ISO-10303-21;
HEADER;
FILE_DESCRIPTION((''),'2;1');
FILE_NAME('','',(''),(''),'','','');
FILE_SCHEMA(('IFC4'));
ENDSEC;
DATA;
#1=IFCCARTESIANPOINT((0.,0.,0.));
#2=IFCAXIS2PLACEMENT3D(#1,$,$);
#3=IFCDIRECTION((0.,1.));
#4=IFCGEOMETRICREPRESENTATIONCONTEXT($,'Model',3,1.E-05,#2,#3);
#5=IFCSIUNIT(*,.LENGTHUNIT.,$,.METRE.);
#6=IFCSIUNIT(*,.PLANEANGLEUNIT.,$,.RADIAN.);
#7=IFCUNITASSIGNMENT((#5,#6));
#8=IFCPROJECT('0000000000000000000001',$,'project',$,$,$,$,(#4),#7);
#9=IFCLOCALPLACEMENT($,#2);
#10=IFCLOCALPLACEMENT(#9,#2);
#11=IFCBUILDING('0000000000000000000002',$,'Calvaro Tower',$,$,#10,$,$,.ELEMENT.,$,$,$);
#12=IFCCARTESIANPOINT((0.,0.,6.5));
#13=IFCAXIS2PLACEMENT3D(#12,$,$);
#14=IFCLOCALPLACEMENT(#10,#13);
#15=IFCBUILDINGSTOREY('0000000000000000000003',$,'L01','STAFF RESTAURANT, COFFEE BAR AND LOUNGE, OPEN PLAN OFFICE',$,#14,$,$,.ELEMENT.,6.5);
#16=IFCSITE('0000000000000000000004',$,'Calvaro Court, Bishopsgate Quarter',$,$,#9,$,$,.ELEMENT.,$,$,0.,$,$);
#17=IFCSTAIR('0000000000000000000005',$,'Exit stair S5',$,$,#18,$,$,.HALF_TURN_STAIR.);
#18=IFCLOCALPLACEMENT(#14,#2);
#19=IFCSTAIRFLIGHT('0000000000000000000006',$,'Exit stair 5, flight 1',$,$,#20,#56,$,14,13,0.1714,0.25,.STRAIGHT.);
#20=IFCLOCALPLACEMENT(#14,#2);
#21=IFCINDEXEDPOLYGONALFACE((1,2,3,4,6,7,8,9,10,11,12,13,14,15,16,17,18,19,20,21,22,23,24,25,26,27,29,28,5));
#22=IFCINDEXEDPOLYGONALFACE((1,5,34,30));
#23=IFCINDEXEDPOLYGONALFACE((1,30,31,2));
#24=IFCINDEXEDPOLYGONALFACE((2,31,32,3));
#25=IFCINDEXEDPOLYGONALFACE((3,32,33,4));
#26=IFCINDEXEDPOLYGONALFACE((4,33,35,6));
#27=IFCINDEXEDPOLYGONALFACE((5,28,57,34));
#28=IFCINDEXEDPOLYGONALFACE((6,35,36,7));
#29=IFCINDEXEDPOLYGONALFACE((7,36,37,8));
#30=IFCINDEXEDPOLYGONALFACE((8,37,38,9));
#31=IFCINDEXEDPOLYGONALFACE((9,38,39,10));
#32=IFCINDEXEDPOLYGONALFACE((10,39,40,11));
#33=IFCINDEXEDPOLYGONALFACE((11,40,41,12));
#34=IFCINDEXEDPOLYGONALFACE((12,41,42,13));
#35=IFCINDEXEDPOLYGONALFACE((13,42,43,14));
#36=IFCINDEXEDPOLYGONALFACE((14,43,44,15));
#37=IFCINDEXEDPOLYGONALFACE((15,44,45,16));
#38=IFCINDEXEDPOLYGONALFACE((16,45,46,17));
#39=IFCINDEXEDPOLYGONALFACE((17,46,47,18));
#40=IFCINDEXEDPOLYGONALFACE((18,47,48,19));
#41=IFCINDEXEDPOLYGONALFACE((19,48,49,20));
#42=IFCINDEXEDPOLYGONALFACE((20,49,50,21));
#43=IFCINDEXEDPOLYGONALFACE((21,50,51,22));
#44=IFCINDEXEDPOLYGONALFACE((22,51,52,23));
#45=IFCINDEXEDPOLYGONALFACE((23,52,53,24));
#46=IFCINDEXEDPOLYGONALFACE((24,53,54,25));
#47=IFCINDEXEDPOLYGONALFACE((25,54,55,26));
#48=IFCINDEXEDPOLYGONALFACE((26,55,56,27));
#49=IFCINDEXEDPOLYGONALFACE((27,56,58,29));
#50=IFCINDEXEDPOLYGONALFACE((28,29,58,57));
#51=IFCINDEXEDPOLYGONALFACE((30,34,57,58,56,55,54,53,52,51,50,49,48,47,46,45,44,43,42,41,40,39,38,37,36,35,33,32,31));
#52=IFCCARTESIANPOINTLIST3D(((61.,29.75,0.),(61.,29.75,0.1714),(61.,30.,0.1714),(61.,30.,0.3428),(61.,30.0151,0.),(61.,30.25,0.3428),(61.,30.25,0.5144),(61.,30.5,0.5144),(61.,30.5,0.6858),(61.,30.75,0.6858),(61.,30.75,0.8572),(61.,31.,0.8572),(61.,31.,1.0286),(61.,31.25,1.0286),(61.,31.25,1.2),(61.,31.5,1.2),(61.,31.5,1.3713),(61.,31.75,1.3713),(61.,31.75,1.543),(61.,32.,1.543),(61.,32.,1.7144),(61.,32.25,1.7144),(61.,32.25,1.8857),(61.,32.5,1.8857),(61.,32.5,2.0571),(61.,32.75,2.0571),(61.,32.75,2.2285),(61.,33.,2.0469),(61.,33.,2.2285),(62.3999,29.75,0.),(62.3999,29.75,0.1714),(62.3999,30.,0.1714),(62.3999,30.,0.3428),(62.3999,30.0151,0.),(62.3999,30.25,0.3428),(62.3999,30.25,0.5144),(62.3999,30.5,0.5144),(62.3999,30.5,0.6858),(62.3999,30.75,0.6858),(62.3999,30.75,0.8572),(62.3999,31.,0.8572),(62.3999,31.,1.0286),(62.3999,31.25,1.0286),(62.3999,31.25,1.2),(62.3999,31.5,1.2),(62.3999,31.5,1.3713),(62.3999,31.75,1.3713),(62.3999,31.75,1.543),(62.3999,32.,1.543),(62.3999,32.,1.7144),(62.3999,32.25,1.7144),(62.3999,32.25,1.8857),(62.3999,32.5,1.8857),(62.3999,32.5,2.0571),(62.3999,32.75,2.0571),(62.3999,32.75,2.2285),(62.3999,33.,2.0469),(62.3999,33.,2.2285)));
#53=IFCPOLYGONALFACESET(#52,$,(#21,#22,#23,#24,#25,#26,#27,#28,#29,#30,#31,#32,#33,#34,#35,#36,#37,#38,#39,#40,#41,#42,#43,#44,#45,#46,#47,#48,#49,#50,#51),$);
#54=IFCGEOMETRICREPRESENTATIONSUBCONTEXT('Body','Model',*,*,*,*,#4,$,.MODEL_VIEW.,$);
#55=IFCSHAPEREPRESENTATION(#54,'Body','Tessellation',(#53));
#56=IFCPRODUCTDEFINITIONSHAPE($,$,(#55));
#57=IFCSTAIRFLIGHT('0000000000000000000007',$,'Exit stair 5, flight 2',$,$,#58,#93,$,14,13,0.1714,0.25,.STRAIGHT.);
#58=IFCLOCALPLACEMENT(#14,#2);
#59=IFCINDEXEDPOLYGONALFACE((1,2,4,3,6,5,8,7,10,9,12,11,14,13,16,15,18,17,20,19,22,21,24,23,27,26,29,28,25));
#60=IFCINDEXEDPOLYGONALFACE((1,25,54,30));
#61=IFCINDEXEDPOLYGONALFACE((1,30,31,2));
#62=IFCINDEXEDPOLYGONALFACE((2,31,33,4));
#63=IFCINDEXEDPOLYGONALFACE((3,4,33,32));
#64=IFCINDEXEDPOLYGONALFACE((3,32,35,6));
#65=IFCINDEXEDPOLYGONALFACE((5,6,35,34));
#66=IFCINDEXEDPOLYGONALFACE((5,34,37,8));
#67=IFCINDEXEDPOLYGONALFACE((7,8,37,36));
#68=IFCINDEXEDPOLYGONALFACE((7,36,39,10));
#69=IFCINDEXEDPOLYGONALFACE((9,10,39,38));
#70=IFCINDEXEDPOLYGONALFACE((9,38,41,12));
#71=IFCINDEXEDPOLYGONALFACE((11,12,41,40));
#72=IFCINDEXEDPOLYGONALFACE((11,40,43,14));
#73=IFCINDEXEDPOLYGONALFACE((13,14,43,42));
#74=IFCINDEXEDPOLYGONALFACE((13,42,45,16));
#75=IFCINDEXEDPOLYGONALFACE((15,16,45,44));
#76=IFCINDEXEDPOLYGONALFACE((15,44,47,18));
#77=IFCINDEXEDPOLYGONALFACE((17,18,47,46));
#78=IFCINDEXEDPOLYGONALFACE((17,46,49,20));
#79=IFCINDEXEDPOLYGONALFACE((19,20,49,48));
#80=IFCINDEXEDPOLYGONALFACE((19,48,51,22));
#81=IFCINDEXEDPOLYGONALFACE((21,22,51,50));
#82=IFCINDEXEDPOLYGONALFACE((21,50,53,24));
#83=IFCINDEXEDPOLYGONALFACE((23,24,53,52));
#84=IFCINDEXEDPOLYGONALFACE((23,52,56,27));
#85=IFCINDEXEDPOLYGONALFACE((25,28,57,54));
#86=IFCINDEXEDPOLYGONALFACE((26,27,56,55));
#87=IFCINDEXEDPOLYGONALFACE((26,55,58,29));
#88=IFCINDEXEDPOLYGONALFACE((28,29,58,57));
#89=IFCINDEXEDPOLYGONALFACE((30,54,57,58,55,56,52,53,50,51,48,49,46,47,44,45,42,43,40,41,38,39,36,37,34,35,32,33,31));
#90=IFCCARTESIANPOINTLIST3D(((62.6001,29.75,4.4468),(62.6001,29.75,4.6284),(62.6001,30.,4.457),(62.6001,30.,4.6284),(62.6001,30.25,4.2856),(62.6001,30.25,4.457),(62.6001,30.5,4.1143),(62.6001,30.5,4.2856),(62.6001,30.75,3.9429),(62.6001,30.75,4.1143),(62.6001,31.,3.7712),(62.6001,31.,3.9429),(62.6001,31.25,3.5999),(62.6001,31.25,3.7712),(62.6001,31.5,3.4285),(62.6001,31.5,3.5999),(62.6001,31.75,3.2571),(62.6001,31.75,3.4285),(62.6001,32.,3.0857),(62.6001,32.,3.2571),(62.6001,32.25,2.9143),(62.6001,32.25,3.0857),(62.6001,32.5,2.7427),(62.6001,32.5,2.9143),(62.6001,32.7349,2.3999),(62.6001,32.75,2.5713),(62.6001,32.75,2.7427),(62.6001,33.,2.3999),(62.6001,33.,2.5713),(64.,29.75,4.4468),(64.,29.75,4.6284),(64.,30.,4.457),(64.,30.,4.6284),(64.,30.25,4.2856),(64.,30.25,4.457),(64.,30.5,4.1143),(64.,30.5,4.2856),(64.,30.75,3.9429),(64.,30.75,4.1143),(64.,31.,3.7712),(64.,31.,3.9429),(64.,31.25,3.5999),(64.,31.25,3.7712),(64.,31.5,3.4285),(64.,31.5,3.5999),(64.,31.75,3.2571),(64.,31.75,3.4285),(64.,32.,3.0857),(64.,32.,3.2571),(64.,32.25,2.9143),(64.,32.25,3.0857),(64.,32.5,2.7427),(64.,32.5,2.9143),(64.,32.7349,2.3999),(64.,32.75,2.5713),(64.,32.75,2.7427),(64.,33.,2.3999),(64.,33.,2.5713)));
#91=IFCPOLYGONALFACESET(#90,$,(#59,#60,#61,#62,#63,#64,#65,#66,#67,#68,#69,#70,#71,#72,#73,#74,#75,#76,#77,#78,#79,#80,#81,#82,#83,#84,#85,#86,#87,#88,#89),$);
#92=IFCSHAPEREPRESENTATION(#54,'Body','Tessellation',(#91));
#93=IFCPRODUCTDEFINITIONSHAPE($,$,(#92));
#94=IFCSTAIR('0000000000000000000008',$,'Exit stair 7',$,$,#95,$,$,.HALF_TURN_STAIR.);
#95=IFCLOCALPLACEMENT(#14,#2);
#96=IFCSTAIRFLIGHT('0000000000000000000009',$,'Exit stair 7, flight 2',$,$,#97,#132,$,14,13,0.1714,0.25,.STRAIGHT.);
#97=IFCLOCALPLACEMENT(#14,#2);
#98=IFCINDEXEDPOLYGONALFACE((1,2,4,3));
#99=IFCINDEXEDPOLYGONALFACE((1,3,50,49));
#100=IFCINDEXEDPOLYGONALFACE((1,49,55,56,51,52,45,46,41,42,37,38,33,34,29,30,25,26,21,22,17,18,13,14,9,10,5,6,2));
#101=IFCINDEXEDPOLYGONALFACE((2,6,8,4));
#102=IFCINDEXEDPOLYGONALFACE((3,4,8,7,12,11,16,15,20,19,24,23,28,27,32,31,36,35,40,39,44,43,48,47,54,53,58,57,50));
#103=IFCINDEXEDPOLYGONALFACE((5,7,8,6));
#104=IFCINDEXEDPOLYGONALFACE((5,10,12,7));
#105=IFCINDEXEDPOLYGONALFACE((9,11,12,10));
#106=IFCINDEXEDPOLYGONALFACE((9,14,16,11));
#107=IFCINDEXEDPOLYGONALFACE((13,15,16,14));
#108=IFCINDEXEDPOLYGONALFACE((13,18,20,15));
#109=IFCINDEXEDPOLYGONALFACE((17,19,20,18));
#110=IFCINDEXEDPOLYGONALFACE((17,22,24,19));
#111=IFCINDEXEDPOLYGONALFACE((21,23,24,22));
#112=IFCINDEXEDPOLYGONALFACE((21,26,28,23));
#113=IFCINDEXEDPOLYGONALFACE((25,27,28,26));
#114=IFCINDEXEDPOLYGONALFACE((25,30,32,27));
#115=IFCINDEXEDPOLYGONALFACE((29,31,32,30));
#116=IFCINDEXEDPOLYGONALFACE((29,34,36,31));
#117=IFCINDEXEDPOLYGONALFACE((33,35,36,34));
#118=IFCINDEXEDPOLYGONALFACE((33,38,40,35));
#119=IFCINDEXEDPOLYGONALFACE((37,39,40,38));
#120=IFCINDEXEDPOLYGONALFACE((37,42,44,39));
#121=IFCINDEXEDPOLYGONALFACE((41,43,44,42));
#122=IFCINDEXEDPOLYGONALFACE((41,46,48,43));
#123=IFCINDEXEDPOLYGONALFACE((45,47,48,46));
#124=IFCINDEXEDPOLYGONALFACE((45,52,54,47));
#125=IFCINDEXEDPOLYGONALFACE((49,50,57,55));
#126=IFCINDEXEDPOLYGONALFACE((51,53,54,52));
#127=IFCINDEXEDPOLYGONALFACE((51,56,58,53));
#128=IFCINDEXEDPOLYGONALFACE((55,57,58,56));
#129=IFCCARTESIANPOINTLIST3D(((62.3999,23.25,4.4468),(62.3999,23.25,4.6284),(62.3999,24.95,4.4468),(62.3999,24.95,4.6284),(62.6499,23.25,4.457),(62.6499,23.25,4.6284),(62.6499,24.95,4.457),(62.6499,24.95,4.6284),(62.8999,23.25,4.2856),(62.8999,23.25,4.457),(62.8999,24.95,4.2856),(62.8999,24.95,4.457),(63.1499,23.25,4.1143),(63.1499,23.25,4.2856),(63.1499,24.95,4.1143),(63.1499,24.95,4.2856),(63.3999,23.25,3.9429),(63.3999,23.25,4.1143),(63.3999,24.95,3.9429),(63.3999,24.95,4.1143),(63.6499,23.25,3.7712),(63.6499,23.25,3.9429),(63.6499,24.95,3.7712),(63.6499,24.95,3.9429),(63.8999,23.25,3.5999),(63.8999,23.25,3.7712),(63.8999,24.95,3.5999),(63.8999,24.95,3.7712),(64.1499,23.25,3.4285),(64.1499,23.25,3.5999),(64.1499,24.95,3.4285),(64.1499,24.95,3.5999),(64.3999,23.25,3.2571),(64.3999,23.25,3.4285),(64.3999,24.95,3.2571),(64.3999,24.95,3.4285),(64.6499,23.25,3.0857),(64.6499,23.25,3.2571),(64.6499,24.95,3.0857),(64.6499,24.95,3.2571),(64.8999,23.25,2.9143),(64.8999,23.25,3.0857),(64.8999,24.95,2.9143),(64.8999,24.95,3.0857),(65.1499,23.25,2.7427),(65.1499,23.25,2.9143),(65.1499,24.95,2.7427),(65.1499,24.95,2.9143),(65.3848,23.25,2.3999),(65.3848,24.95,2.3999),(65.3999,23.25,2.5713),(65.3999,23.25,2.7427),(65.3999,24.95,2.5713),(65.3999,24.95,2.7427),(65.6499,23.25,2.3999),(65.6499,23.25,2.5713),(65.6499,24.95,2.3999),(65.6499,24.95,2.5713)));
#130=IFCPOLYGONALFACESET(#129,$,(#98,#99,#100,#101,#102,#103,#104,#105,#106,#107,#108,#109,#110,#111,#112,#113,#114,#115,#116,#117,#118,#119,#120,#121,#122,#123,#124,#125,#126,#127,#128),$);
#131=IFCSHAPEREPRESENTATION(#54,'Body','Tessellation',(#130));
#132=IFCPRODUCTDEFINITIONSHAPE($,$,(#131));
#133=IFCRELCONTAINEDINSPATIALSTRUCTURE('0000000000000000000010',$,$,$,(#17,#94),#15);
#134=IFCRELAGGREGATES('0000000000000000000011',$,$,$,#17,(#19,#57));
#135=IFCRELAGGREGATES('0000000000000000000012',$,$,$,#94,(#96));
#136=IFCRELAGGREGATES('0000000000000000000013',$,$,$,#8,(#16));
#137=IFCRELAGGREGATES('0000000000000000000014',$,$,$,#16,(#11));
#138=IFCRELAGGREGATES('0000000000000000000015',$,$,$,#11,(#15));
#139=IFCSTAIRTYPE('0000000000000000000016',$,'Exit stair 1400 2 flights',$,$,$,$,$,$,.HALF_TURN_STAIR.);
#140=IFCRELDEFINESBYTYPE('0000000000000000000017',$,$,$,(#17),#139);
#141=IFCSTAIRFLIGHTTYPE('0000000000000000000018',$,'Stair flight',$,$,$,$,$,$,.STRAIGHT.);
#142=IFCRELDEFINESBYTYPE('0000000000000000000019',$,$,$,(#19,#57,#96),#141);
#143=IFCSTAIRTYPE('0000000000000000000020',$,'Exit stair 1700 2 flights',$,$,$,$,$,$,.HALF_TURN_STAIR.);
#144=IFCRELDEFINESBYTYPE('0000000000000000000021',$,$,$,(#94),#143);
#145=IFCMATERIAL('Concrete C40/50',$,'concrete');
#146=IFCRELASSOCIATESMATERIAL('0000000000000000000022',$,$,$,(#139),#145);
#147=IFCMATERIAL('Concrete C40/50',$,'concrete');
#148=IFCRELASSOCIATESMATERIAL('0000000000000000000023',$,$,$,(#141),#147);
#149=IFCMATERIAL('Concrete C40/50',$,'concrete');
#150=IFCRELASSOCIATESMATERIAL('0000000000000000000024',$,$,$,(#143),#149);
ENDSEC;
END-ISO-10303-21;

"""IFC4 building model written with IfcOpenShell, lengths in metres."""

from ifc_helpers import new_model, si_unit, direction, frame, origin, place, context, subcontext, project, spatial, polyline, outline, extrude, material, type_object, element, aggregate, save


model = new_model("IFC4")

# Units and contexts
model_context = context("Model", 3, precision=1e-05, world=origin(), true_north=direction((0.0, 1.0)))
body_context = subcontext(model_context, "Body", "Model", "MODEL_VIEW")
ifc_project = project(units=[si_unit("LENGTHUNIT", "METRE"), si_unit("PLANEANGLEUNIT", "RADIAN")], contexts=[model_context])

# Site, building, storey
site_placement = place(None, origin())
site = spatial("IfcSite", under=ifc_project, at=site_placement, Name="Calvaro Court, Bishopsgate Quarter", CompositionType="ELEMENT", RefElevation=0.0)
building_placement = place(site_placement, origin())
building = spatial("IfcBuilding", under=site, at=building_placement, Name="Calvaro Tower", CompositionType="ELEMENT")
storey_placement = place(building_placement, frame((0.0, 0.0, 6.5)))
storey = spatial("IfcBuildingStorey", under=building, at=storey_placement, Name="L01", Description="STAFF RESTAURANT, COFFEE BAR AND LOUNGE, OPEN PLAN OFFICE", CompositionType="ELEMENT", Elevation=6.5)

# Stair, stair flights
ifc_material_1 = material(Name="Concrete C40/50", Category="concrete")
stair_type_1 = type_object("IfcStairType", Name="Exit stair 1400 2 flights", PredefinedType="HALF_TURN_STAIR", material=ifc_material_1)
stair_1_placement = place(storey_placement, origin())
stair_1 = element("IfcStair", 1, at=stair_1_placement, inside=storey, type_object=stair_type_1, Name="Exit stair S5", PredefinedType="HALF_TURN_STAIR")
ifc_material_2 = material(Name="Concrete C40/50", Category="concrete")
stair_flight_type = type_object("IfcStairFlightType", Name="Stair flight", PredefinedType="STRAIGHT", material=ifc_material_2)
stair_flight_1_placement = place(storey_placement, frame((61.7, 29.75, 0.0), z_axis=(0.0, 0.0, 1.0), x_axis=(0.0, 1.0, 0.0)))
stair_flight_1 = element("IfcStairFlight", 2, at=stair_flight_1_placement, type_object=stair_flight_type, Name="Exit stair 5, flight 1", NumberOfRisers=14, NumberOfTreads=13, PredefinedType="STRAIGHT", RiserHeight=0.1714, TreadLength=0.25, context=body_context, shape_type="SweptSolid", body=[
    extrude(outline(polyline([(0.0, 0.0), (0.0, 0.1714), (0.25, 0.1714), (0.25, 0.3428), (0.5, 0.3428), (0.5, 0.5144), (0.75, 0.5144), (0.75, 0.6858), (1.0, 0.6858), (1.0, 0.8572), (1.25, 0.8572), (1.25, 1.0286), (1.5, 1.0286), (1.5, 1.2), (1.75, 1.2), (1.75, 1.3713), (2.0, 1.3713), (2.0, 1.543), (2.25, 1.543), (2.25, 1.7144), (2.5, 1.7144), (2.5, 1.8857), (2.75, 1.8857), (2.75, 2.0571), (3.0, 2.0571), (3.0, 2.2285), (3.25, 2.2285), (3.25, 2.3999), (3.25, 2.0469), (0.2651, 0.0), (0.0, 0.0)])), frame((0.0, 0.7, 0.0), z_axis=(0.0, -1.0, 0.0), x_axis=(1.0, 0.0, 0.0)), (0.0, 0.0, 1.0), 1.3999),
])
stair_flight_2_placement = place(storey_placement, frame((63.3, 33.0, 2.3999), z_axis=(0.0, 0.0, 1.0), x_axis=(0.0, -1.0, 0.0)))
stair_flight_2 = element("IfcStairFlight", 3, at=stair_flight_2_placement, type_object=stair_flight_type, Name="Exit stair 5, flight 2", NumberOfRisers=14, NumberOfTreads=13, PredefinedType="STRAIGHT", RiserHeight=0.1714, TreadLength=0.25, context=body_context, shape_type="SweptSolid", body=[
    extrude(outline(polyline([(0.0, 0.0), (0.0, 0.1714), (0.25, 0.1714), (0.25, 0.3428), (0.5, 0.3428), (0.5, 0.5144), (0.75, 0.5144), (0.75, 0.6858), (1.0, 0.6858), (1.0, 0.8572), (1.25, 0.8572), (1.25, 1.0286), (1.5, 1.0286), (1.5, 1.2), (1.75, 1.2), (1.75, 1.3713), (2.0, 1.3713), (2.0, 1.543), (2.25, 1.543), (2.25, 1.7144), (2.5, 1.7144), (2.5, 1.8857), (2.75, 1.8857), (2.75, 2.0571), (3.0, 2.0571), (3.0, 2.2285), (3.25, 2.2285), (3.25, 2.3999), (3.25, 2.0469), (0.2651, 0.0), (0.0, 0.0)])), frame((0.0, 0.7, 0.0), z_axis=(0.0, -1.0, 0.0), x_axis=(1.0, 0.0, 0.0)), (0.0, 0.0, 1.0), 1.3999),
])

# Stair, stair flight
ifc_material_3 = material(Name="Concrete C40/50", Category="concrete")
stair_type_2 = type_object("IfcStairType", Name="Exit stair 1700 2 flights", PredefinedType="HALF_TURN_STAIR", material=ifc_material_3)
stair_2_placement = place(storey_placement, origin())
stair_2 = element("IfcStair", 4, at=stair_2_placement, inside=storey, type_object=stair_type_2, Name="Exit stair 7", PredefinedType="HALF_TURN_STAIR")
stair_flight_3_placement = place(storey_placement, frame((65.6499, 24.1001, 2.3999), z_axis=(0.0, 0.0, 1.0), x_axis=(-1.0, 0.0, 0.0)))
stair_flight_3 = element("IfcStairFlight", 5, at=stair_flight_3_placement, type_object=stair_flight_type, Name="Exit stair 7, flight 2", NumberOfRisers=14, NumberOfTreads=13, PredefinedType="STRAIGHT", RiserHeight=0.1714, TreadLength=0.25, context=body_context, shape_type="SweptSolid", body=[
    extrude(outline(polyline([(0.0, 0.0), (0.0, 0.1714), (0.25, 0.1714), (0.25, 0.3428), (0.5, 0.3428), (0.5, 0.5144), (0.75, 0.5144), (0.75, 0.6858), (1.0, 0.6858), (1.0, 0.8572), (1.25, 0.8572), (1.25, 1.0286), (1.5, 1.0286), (1.5, 1.2), (1.75, 1.2), (1.75, 1.3713), (2.0, 1.3713), (2.0, 1.543), (2.25, 1.543), (2.25, 1.7144), (2.5, 1.7144), (2.5, 1.8857), (2.75, 1.8857), (2.75, 2.0571), (3.0, 2.0571), (3.0, 2.2285), (3.25, 2.2285), (3.25, 2.3999), (3.25, 2.0469), (0.2651, 0.0), (0.0, 0.0)])), frame((0.0, 0.8501, 0.0), z_axis=(0.0, -1.0, 0.0), x_axis=(1.0, 0.0, 0.0)), (0.0, 0.0, 1.0), 1.7),
])

aggregate(stair_1, [stair_flight_1, stair_flight_2])
aggregate(stair_2, [stair_flight_3])

save(model, "model.ifc")
